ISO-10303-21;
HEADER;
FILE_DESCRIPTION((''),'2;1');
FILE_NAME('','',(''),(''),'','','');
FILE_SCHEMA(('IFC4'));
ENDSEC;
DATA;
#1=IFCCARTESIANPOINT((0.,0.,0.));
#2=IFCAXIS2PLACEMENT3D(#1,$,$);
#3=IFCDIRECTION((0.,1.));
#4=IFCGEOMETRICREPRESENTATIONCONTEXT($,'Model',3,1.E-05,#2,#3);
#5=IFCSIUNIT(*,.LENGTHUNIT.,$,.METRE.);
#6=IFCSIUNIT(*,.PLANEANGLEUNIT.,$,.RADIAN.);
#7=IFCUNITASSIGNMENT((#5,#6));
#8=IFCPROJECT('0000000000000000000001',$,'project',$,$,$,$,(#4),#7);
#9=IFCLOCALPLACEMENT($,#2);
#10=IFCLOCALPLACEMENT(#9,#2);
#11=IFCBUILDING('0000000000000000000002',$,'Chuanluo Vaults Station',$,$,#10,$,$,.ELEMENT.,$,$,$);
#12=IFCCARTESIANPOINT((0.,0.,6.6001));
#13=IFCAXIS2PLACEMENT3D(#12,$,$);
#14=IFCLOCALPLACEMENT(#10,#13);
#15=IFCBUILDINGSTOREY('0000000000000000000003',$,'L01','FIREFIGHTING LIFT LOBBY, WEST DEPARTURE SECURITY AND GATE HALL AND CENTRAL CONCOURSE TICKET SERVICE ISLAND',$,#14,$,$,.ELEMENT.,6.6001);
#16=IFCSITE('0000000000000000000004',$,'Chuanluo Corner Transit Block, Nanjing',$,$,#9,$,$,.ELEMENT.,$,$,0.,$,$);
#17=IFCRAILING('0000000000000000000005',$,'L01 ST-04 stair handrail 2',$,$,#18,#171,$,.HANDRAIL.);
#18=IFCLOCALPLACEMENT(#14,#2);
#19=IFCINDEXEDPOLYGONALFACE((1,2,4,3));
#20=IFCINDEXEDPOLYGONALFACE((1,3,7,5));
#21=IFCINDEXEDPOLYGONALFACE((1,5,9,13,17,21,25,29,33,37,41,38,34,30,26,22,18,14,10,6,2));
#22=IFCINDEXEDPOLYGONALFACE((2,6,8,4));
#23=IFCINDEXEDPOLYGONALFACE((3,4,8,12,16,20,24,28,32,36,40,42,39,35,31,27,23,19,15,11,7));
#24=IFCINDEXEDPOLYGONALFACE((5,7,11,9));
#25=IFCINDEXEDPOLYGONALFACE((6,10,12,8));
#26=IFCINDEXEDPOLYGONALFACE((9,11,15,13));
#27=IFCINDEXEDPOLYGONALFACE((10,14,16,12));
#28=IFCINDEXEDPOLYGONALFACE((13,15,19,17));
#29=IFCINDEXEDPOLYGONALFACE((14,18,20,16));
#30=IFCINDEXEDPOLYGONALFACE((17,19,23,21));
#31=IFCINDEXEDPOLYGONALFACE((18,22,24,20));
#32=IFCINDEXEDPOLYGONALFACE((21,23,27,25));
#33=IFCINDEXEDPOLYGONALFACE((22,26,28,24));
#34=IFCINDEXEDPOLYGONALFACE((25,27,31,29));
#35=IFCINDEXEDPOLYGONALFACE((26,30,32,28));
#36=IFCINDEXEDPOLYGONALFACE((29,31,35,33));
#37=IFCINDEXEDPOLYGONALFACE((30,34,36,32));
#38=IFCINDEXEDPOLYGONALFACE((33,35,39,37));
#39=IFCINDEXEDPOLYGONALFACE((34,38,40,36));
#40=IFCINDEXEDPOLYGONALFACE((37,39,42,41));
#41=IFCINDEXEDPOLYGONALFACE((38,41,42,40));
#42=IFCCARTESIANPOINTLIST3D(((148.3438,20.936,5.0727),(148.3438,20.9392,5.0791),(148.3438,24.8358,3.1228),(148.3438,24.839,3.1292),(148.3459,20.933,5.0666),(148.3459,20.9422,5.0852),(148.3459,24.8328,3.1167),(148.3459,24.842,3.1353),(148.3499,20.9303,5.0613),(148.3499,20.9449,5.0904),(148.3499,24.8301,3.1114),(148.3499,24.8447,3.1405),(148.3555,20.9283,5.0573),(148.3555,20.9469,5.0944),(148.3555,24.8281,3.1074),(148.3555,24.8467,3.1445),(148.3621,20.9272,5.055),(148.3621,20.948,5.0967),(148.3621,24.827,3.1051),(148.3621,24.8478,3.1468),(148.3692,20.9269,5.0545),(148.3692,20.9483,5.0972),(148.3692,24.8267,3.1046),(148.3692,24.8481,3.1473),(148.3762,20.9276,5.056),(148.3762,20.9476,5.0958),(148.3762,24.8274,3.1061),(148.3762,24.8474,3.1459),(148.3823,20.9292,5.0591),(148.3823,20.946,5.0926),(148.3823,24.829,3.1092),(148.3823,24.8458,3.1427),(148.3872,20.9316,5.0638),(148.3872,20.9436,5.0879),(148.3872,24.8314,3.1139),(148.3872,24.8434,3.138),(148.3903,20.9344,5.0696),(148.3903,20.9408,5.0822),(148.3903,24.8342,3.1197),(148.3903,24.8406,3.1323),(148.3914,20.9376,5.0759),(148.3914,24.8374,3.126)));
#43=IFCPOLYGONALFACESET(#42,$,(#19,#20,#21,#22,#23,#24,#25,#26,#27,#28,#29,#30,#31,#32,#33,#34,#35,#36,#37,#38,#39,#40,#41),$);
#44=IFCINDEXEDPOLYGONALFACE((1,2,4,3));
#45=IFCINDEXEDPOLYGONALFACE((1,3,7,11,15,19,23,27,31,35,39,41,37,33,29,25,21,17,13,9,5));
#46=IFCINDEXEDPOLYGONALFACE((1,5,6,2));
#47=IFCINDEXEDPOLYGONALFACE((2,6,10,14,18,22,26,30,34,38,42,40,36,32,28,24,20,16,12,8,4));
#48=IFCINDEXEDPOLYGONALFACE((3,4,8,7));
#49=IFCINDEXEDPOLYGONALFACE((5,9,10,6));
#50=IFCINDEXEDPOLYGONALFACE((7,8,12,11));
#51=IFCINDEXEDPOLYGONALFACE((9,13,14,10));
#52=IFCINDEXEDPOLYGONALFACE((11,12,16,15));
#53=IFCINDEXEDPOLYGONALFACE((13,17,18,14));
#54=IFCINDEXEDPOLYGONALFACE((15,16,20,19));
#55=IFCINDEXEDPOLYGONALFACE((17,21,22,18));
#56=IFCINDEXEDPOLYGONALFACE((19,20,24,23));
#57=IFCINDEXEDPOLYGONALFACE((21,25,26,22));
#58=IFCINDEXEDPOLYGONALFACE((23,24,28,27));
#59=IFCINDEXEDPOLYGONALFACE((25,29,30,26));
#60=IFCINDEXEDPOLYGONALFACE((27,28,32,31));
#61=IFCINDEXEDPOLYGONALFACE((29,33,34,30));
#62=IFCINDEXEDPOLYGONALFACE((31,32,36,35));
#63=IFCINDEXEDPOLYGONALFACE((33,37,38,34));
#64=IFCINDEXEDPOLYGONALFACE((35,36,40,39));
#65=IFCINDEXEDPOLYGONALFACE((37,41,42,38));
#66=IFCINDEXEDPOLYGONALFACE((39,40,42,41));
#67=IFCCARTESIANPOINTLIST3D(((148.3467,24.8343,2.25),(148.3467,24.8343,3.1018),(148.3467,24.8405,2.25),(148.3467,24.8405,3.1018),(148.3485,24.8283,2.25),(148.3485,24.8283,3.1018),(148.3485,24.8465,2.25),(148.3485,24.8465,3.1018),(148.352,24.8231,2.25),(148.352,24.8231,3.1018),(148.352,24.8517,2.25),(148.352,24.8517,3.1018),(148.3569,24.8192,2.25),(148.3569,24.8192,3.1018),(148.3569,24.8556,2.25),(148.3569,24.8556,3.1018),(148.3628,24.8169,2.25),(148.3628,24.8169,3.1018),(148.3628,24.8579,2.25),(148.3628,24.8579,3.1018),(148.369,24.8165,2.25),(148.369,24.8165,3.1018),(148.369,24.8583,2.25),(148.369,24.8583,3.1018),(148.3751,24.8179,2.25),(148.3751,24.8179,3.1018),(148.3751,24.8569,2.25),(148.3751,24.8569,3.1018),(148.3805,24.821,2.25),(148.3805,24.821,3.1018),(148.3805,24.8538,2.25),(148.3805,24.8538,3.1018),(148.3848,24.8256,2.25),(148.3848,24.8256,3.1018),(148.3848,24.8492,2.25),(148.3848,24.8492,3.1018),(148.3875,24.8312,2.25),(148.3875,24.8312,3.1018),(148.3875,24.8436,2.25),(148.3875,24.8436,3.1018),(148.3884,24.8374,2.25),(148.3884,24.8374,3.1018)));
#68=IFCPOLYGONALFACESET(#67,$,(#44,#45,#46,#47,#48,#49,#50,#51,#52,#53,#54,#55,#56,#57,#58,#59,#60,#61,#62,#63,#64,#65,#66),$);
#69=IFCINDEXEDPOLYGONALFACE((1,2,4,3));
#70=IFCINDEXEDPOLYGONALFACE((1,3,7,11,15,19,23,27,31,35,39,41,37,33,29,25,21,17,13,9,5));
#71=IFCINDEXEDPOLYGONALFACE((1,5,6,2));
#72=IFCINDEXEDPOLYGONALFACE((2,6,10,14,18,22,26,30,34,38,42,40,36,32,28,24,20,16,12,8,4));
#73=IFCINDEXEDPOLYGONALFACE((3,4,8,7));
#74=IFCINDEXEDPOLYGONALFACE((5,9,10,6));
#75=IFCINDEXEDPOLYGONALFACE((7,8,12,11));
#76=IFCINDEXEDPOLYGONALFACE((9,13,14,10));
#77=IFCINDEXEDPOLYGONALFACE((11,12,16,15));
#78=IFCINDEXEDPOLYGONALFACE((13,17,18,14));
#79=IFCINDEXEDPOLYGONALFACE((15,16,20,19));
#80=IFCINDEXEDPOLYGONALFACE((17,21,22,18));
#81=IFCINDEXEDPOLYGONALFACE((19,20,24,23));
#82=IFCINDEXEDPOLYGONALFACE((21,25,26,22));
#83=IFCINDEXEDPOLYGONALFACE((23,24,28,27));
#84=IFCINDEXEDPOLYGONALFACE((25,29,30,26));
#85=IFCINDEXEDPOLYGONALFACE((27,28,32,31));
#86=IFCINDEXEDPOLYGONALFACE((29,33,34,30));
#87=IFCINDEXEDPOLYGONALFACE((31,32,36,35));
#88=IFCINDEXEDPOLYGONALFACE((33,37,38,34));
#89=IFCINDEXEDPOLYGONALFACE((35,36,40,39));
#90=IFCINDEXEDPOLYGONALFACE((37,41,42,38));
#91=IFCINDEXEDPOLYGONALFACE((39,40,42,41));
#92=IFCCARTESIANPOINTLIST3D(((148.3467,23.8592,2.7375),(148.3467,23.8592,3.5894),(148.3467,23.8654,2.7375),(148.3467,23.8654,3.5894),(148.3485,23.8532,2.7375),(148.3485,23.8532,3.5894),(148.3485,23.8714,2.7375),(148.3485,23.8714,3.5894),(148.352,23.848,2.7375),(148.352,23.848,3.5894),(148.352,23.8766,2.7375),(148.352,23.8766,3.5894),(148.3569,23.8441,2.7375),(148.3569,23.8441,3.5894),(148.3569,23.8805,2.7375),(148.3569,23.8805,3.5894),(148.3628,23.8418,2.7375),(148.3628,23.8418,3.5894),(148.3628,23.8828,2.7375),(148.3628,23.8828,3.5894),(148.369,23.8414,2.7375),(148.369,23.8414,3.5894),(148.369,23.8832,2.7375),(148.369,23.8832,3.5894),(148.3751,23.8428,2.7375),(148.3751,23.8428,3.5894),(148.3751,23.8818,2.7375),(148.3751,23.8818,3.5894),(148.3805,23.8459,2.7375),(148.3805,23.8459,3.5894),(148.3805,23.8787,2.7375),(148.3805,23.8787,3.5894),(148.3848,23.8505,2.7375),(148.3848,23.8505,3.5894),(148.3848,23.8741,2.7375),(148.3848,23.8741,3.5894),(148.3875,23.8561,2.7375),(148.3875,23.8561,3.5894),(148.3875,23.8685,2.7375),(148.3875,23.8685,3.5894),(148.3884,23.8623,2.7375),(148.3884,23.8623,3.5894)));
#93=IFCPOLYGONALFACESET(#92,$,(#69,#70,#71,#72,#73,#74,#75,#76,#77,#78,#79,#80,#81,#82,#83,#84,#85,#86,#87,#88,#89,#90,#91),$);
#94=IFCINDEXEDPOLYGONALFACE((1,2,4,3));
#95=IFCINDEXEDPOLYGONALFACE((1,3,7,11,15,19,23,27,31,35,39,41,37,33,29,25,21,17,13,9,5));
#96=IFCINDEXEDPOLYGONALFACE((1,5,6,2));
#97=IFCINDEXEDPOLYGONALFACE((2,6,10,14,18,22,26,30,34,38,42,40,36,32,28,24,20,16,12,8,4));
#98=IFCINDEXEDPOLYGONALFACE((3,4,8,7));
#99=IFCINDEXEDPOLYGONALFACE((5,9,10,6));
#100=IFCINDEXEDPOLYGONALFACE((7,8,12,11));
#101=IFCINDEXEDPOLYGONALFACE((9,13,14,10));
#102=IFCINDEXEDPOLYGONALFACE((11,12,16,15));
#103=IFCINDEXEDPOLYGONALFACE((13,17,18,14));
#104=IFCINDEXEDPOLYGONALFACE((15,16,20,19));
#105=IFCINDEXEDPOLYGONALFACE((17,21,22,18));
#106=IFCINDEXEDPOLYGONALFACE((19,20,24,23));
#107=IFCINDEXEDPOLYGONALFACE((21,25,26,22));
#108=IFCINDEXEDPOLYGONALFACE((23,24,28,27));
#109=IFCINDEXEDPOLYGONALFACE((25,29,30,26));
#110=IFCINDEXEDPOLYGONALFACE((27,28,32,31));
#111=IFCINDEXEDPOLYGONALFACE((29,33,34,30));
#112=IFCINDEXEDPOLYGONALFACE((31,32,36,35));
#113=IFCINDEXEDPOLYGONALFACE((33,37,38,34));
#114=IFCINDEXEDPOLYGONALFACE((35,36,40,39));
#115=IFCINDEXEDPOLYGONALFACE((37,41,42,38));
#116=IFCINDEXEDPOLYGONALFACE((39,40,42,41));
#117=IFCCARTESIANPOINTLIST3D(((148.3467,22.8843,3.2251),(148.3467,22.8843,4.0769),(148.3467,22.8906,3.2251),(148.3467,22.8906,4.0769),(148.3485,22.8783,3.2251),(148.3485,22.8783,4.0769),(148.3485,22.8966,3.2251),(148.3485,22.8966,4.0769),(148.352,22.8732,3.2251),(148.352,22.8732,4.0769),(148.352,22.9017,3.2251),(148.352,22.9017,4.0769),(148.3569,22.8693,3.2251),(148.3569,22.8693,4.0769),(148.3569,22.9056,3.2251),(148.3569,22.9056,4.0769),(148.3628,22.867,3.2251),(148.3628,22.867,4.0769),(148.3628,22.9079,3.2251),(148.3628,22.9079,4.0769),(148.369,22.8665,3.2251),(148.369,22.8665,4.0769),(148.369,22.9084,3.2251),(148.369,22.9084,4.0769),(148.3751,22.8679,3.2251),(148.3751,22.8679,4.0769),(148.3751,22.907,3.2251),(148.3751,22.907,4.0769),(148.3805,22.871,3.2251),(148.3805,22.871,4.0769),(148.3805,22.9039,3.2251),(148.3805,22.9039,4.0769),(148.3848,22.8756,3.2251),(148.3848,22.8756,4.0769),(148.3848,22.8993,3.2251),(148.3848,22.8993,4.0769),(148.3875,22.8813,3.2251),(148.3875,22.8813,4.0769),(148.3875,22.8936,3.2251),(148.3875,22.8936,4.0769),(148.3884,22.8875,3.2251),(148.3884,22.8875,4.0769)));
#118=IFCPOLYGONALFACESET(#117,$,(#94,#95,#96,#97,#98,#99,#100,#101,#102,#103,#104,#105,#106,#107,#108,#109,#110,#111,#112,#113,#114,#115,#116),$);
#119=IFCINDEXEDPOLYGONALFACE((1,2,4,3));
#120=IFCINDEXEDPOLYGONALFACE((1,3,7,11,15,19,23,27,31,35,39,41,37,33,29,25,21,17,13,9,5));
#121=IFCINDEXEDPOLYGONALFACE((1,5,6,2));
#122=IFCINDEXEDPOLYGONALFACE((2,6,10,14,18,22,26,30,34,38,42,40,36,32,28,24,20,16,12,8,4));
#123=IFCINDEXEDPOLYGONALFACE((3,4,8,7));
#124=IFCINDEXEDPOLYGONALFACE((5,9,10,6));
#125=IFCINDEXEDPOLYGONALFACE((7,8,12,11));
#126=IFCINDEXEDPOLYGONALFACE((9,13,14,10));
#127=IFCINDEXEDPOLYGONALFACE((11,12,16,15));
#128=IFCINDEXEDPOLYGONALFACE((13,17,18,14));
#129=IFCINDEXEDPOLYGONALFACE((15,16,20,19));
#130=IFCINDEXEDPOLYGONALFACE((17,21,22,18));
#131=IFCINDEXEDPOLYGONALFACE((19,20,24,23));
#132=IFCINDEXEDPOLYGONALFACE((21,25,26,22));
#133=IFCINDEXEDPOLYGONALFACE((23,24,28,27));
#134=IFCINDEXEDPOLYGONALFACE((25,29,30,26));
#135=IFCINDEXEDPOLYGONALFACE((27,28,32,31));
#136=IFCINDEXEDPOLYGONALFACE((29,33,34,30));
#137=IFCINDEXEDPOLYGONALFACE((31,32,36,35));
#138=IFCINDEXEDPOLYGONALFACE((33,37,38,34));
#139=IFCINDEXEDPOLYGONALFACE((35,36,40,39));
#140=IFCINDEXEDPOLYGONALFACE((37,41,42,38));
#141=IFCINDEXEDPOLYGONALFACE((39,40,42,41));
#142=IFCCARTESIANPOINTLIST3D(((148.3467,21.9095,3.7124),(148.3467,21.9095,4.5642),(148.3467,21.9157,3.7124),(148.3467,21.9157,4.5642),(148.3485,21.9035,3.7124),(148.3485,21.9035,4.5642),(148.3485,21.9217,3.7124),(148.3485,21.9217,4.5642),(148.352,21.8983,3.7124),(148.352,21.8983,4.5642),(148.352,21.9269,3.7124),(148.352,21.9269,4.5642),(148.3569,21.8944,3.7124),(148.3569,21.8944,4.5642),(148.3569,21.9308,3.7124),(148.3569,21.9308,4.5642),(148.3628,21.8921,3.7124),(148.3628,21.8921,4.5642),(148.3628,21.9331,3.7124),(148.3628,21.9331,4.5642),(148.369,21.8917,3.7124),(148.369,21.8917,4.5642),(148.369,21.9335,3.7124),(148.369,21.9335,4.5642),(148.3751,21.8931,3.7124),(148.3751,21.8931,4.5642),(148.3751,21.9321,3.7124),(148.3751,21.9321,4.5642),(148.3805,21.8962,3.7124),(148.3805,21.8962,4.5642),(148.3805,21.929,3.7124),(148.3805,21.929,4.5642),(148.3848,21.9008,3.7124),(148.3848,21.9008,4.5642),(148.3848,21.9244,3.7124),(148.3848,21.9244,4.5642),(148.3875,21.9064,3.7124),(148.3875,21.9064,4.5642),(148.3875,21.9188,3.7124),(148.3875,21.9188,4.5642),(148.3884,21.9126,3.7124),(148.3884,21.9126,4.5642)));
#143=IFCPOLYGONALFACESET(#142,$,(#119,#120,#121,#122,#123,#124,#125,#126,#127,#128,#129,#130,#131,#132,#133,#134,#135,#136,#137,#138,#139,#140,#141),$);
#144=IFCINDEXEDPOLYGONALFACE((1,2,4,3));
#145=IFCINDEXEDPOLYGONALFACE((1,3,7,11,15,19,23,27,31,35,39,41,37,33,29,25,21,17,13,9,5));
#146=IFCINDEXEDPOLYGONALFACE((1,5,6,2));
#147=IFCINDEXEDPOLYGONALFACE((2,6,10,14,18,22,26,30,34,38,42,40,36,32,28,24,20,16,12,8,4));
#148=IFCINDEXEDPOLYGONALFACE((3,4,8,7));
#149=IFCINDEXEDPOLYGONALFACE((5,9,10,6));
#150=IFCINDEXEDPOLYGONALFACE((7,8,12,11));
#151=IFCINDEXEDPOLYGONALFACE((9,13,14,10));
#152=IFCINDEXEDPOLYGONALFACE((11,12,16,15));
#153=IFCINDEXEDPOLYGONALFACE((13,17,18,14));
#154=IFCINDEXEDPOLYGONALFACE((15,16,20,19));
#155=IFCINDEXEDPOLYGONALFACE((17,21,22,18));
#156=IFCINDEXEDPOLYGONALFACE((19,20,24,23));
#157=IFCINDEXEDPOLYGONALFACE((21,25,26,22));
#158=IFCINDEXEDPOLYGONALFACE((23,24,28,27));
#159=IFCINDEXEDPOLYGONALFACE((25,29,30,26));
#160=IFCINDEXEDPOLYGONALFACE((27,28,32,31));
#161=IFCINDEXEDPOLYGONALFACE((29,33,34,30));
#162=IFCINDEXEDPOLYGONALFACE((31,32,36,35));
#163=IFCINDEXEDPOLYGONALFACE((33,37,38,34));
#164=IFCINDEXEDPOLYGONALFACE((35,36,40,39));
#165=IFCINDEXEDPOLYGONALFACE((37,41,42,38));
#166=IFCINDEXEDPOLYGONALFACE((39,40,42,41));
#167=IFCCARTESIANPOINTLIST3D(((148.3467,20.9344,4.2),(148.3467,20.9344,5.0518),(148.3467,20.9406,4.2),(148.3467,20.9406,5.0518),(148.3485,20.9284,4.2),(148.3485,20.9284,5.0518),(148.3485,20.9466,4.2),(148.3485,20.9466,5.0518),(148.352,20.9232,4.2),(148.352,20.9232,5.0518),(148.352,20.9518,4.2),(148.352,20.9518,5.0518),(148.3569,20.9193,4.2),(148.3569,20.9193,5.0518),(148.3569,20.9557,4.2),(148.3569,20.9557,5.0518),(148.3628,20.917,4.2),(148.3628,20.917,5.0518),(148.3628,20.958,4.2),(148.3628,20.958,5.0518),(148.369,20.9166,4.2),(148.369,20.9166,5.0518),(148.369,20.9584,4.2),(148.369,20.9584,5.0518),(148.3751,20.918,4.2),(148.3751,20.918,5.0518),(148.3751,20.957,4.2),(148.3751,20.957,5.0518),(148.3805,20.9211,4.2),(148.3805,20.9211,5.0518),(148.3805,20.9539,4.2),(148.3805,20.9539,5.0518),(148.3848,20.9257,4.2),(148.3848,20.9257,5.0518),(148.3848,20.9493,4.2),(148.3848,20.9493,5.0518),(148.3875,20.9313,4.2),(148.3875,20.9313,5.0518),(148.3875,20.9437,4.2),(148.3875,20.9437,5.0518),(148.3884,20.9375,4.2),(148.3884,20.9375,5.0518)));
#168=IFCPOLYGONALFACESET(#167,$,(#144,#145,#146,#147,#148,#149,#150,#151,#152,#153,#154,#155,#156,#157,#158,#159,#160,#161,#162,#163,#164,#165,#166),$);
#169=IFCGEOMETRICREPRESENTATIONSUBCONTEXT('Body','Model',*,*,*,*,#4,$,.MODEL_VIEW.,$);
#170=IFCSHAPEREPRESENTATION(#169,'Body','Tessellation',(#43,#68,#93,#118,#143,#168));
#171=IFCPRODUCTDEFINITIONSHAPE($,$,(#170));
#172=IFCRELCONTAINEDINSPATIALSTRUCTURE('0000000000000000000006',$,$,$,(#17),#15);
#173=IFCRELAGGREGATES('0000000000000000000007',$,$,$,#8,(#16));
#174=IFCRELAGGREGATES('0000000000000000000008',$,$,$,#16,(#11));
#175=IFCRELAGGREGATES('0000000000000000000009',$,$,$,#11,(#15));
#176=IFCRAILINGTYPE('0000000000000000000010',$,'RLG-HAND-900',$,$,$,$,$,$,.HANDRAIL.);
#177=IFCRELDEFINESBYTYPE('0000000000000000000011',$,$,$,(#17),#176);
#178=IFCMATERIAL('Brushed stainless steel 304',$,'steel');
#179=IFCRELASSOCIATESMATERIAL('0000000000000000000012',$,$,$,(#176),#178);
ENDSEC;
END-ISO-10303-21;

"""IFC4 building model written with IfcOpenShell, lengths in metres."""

from ifc_helpers import new_model, si_unit, direction, frame, origin, origin_2d, place, context, subcontext, project, spatial, circle, extrude, material, type_object, element, save


model = new_model("IFC4")

# Units and contexts
model_context = context("Model", 3, precision=1e-05, world=origin(), true_north=direction((0.0, 1.0)))
body_context = subcontext(model_context, "Body", "Model", "MODEL_VIEW")
ifc_project = project(units=[si_unit("LENGTHUNIT", "METRE"), si_unit("PLANEANGLEUNIT", "RADIAN")], contexts=[model_context])

# Site, building, storey
site_placement = place(None, origin())
site = spatial("IfcSite", under=ifc_project, at=site_placement, Name="Chuanluo Corner Transit Block, Nanjing", CompositionType="ELEMENT", RefElevation=0.0)
building_placement = place(site_placement, origin())
building = spatial("IfcBuilding", under=site, at=building_placement, Name="Chuanluo Vaults Station", CompositionType="ELEMENT")
storey_placement = place(building_placement, frame((0.0, 0.0, 6.6001)))
storey = spatial("IfcBuildingStorey", under=building, at=storey_placement, Name="L01", Description="FIREFIGHTING LIFT LOBBY, WEST DEPARTURE SECURITY AND GATE HALL AND CENTRAL CONCOURSE TICKET SERVICE ISLAND", CompositionType="ELEMENT", Elevation=6.6001)

# Railing
ifc_material_1 = material(Name="Brushed stainless steel 304", Category="steel")
railing_type_1 = type_object("IfcRailingType", Name="RLG-HAND-900", PredefinedType="HANDRAIL", material=ifc_material_1)
railing_1_placement = place(storey_placement, frame((148.3674, 24.8374, 2.25)))
element("IfcRailing", 1, at=railing_1_placement, inside=storey, type_object=railing_type_1, Name="L01 ST-04 stair handrail 2", PredefinedType="HANDRAIL", context=body_context, shape_type="SweptSolid", body=[
    extrude(circle(Radius=0.0239, at=origin_2d()), frame((0.0, 0.0, 0.876), z_axis=(0.0, -0.894427, 0.447214), x_axis=(1.0, 0.0, 0.0)), (0.0, 0.0, 1.0), 4.3601),
    extrude(circle(Radius=0.021, at=origin_2d()), origin(), (0.0, 0.0, 1.0), 0.8518),
    extrude(circle(Radius=0.021, at=origin_2d()), frame((0.0, -0.9751, 0.4875)), (0.0, 0.0, 1.0), 0.8518),
    extrude(circle(Radius=0.021, at=origin_2d()), frame((0.0, -1.95, 0.9751)), (0.0, 0.0, 1.0), 0.8518),
    extrude(circle(Radius=0.021, at=origin_2d()), frame((0.0, -2.9248, 1.4624)), (0.0, 0.0, 1.0), 0.8518),
    extrude(circle(Radius=0.021, at=origin_2d()), frame((0.0, -3.8999, 1.95)), (0.0, 0.0, 1.0), 0.8518),
])

save(model, "model.ifc")
